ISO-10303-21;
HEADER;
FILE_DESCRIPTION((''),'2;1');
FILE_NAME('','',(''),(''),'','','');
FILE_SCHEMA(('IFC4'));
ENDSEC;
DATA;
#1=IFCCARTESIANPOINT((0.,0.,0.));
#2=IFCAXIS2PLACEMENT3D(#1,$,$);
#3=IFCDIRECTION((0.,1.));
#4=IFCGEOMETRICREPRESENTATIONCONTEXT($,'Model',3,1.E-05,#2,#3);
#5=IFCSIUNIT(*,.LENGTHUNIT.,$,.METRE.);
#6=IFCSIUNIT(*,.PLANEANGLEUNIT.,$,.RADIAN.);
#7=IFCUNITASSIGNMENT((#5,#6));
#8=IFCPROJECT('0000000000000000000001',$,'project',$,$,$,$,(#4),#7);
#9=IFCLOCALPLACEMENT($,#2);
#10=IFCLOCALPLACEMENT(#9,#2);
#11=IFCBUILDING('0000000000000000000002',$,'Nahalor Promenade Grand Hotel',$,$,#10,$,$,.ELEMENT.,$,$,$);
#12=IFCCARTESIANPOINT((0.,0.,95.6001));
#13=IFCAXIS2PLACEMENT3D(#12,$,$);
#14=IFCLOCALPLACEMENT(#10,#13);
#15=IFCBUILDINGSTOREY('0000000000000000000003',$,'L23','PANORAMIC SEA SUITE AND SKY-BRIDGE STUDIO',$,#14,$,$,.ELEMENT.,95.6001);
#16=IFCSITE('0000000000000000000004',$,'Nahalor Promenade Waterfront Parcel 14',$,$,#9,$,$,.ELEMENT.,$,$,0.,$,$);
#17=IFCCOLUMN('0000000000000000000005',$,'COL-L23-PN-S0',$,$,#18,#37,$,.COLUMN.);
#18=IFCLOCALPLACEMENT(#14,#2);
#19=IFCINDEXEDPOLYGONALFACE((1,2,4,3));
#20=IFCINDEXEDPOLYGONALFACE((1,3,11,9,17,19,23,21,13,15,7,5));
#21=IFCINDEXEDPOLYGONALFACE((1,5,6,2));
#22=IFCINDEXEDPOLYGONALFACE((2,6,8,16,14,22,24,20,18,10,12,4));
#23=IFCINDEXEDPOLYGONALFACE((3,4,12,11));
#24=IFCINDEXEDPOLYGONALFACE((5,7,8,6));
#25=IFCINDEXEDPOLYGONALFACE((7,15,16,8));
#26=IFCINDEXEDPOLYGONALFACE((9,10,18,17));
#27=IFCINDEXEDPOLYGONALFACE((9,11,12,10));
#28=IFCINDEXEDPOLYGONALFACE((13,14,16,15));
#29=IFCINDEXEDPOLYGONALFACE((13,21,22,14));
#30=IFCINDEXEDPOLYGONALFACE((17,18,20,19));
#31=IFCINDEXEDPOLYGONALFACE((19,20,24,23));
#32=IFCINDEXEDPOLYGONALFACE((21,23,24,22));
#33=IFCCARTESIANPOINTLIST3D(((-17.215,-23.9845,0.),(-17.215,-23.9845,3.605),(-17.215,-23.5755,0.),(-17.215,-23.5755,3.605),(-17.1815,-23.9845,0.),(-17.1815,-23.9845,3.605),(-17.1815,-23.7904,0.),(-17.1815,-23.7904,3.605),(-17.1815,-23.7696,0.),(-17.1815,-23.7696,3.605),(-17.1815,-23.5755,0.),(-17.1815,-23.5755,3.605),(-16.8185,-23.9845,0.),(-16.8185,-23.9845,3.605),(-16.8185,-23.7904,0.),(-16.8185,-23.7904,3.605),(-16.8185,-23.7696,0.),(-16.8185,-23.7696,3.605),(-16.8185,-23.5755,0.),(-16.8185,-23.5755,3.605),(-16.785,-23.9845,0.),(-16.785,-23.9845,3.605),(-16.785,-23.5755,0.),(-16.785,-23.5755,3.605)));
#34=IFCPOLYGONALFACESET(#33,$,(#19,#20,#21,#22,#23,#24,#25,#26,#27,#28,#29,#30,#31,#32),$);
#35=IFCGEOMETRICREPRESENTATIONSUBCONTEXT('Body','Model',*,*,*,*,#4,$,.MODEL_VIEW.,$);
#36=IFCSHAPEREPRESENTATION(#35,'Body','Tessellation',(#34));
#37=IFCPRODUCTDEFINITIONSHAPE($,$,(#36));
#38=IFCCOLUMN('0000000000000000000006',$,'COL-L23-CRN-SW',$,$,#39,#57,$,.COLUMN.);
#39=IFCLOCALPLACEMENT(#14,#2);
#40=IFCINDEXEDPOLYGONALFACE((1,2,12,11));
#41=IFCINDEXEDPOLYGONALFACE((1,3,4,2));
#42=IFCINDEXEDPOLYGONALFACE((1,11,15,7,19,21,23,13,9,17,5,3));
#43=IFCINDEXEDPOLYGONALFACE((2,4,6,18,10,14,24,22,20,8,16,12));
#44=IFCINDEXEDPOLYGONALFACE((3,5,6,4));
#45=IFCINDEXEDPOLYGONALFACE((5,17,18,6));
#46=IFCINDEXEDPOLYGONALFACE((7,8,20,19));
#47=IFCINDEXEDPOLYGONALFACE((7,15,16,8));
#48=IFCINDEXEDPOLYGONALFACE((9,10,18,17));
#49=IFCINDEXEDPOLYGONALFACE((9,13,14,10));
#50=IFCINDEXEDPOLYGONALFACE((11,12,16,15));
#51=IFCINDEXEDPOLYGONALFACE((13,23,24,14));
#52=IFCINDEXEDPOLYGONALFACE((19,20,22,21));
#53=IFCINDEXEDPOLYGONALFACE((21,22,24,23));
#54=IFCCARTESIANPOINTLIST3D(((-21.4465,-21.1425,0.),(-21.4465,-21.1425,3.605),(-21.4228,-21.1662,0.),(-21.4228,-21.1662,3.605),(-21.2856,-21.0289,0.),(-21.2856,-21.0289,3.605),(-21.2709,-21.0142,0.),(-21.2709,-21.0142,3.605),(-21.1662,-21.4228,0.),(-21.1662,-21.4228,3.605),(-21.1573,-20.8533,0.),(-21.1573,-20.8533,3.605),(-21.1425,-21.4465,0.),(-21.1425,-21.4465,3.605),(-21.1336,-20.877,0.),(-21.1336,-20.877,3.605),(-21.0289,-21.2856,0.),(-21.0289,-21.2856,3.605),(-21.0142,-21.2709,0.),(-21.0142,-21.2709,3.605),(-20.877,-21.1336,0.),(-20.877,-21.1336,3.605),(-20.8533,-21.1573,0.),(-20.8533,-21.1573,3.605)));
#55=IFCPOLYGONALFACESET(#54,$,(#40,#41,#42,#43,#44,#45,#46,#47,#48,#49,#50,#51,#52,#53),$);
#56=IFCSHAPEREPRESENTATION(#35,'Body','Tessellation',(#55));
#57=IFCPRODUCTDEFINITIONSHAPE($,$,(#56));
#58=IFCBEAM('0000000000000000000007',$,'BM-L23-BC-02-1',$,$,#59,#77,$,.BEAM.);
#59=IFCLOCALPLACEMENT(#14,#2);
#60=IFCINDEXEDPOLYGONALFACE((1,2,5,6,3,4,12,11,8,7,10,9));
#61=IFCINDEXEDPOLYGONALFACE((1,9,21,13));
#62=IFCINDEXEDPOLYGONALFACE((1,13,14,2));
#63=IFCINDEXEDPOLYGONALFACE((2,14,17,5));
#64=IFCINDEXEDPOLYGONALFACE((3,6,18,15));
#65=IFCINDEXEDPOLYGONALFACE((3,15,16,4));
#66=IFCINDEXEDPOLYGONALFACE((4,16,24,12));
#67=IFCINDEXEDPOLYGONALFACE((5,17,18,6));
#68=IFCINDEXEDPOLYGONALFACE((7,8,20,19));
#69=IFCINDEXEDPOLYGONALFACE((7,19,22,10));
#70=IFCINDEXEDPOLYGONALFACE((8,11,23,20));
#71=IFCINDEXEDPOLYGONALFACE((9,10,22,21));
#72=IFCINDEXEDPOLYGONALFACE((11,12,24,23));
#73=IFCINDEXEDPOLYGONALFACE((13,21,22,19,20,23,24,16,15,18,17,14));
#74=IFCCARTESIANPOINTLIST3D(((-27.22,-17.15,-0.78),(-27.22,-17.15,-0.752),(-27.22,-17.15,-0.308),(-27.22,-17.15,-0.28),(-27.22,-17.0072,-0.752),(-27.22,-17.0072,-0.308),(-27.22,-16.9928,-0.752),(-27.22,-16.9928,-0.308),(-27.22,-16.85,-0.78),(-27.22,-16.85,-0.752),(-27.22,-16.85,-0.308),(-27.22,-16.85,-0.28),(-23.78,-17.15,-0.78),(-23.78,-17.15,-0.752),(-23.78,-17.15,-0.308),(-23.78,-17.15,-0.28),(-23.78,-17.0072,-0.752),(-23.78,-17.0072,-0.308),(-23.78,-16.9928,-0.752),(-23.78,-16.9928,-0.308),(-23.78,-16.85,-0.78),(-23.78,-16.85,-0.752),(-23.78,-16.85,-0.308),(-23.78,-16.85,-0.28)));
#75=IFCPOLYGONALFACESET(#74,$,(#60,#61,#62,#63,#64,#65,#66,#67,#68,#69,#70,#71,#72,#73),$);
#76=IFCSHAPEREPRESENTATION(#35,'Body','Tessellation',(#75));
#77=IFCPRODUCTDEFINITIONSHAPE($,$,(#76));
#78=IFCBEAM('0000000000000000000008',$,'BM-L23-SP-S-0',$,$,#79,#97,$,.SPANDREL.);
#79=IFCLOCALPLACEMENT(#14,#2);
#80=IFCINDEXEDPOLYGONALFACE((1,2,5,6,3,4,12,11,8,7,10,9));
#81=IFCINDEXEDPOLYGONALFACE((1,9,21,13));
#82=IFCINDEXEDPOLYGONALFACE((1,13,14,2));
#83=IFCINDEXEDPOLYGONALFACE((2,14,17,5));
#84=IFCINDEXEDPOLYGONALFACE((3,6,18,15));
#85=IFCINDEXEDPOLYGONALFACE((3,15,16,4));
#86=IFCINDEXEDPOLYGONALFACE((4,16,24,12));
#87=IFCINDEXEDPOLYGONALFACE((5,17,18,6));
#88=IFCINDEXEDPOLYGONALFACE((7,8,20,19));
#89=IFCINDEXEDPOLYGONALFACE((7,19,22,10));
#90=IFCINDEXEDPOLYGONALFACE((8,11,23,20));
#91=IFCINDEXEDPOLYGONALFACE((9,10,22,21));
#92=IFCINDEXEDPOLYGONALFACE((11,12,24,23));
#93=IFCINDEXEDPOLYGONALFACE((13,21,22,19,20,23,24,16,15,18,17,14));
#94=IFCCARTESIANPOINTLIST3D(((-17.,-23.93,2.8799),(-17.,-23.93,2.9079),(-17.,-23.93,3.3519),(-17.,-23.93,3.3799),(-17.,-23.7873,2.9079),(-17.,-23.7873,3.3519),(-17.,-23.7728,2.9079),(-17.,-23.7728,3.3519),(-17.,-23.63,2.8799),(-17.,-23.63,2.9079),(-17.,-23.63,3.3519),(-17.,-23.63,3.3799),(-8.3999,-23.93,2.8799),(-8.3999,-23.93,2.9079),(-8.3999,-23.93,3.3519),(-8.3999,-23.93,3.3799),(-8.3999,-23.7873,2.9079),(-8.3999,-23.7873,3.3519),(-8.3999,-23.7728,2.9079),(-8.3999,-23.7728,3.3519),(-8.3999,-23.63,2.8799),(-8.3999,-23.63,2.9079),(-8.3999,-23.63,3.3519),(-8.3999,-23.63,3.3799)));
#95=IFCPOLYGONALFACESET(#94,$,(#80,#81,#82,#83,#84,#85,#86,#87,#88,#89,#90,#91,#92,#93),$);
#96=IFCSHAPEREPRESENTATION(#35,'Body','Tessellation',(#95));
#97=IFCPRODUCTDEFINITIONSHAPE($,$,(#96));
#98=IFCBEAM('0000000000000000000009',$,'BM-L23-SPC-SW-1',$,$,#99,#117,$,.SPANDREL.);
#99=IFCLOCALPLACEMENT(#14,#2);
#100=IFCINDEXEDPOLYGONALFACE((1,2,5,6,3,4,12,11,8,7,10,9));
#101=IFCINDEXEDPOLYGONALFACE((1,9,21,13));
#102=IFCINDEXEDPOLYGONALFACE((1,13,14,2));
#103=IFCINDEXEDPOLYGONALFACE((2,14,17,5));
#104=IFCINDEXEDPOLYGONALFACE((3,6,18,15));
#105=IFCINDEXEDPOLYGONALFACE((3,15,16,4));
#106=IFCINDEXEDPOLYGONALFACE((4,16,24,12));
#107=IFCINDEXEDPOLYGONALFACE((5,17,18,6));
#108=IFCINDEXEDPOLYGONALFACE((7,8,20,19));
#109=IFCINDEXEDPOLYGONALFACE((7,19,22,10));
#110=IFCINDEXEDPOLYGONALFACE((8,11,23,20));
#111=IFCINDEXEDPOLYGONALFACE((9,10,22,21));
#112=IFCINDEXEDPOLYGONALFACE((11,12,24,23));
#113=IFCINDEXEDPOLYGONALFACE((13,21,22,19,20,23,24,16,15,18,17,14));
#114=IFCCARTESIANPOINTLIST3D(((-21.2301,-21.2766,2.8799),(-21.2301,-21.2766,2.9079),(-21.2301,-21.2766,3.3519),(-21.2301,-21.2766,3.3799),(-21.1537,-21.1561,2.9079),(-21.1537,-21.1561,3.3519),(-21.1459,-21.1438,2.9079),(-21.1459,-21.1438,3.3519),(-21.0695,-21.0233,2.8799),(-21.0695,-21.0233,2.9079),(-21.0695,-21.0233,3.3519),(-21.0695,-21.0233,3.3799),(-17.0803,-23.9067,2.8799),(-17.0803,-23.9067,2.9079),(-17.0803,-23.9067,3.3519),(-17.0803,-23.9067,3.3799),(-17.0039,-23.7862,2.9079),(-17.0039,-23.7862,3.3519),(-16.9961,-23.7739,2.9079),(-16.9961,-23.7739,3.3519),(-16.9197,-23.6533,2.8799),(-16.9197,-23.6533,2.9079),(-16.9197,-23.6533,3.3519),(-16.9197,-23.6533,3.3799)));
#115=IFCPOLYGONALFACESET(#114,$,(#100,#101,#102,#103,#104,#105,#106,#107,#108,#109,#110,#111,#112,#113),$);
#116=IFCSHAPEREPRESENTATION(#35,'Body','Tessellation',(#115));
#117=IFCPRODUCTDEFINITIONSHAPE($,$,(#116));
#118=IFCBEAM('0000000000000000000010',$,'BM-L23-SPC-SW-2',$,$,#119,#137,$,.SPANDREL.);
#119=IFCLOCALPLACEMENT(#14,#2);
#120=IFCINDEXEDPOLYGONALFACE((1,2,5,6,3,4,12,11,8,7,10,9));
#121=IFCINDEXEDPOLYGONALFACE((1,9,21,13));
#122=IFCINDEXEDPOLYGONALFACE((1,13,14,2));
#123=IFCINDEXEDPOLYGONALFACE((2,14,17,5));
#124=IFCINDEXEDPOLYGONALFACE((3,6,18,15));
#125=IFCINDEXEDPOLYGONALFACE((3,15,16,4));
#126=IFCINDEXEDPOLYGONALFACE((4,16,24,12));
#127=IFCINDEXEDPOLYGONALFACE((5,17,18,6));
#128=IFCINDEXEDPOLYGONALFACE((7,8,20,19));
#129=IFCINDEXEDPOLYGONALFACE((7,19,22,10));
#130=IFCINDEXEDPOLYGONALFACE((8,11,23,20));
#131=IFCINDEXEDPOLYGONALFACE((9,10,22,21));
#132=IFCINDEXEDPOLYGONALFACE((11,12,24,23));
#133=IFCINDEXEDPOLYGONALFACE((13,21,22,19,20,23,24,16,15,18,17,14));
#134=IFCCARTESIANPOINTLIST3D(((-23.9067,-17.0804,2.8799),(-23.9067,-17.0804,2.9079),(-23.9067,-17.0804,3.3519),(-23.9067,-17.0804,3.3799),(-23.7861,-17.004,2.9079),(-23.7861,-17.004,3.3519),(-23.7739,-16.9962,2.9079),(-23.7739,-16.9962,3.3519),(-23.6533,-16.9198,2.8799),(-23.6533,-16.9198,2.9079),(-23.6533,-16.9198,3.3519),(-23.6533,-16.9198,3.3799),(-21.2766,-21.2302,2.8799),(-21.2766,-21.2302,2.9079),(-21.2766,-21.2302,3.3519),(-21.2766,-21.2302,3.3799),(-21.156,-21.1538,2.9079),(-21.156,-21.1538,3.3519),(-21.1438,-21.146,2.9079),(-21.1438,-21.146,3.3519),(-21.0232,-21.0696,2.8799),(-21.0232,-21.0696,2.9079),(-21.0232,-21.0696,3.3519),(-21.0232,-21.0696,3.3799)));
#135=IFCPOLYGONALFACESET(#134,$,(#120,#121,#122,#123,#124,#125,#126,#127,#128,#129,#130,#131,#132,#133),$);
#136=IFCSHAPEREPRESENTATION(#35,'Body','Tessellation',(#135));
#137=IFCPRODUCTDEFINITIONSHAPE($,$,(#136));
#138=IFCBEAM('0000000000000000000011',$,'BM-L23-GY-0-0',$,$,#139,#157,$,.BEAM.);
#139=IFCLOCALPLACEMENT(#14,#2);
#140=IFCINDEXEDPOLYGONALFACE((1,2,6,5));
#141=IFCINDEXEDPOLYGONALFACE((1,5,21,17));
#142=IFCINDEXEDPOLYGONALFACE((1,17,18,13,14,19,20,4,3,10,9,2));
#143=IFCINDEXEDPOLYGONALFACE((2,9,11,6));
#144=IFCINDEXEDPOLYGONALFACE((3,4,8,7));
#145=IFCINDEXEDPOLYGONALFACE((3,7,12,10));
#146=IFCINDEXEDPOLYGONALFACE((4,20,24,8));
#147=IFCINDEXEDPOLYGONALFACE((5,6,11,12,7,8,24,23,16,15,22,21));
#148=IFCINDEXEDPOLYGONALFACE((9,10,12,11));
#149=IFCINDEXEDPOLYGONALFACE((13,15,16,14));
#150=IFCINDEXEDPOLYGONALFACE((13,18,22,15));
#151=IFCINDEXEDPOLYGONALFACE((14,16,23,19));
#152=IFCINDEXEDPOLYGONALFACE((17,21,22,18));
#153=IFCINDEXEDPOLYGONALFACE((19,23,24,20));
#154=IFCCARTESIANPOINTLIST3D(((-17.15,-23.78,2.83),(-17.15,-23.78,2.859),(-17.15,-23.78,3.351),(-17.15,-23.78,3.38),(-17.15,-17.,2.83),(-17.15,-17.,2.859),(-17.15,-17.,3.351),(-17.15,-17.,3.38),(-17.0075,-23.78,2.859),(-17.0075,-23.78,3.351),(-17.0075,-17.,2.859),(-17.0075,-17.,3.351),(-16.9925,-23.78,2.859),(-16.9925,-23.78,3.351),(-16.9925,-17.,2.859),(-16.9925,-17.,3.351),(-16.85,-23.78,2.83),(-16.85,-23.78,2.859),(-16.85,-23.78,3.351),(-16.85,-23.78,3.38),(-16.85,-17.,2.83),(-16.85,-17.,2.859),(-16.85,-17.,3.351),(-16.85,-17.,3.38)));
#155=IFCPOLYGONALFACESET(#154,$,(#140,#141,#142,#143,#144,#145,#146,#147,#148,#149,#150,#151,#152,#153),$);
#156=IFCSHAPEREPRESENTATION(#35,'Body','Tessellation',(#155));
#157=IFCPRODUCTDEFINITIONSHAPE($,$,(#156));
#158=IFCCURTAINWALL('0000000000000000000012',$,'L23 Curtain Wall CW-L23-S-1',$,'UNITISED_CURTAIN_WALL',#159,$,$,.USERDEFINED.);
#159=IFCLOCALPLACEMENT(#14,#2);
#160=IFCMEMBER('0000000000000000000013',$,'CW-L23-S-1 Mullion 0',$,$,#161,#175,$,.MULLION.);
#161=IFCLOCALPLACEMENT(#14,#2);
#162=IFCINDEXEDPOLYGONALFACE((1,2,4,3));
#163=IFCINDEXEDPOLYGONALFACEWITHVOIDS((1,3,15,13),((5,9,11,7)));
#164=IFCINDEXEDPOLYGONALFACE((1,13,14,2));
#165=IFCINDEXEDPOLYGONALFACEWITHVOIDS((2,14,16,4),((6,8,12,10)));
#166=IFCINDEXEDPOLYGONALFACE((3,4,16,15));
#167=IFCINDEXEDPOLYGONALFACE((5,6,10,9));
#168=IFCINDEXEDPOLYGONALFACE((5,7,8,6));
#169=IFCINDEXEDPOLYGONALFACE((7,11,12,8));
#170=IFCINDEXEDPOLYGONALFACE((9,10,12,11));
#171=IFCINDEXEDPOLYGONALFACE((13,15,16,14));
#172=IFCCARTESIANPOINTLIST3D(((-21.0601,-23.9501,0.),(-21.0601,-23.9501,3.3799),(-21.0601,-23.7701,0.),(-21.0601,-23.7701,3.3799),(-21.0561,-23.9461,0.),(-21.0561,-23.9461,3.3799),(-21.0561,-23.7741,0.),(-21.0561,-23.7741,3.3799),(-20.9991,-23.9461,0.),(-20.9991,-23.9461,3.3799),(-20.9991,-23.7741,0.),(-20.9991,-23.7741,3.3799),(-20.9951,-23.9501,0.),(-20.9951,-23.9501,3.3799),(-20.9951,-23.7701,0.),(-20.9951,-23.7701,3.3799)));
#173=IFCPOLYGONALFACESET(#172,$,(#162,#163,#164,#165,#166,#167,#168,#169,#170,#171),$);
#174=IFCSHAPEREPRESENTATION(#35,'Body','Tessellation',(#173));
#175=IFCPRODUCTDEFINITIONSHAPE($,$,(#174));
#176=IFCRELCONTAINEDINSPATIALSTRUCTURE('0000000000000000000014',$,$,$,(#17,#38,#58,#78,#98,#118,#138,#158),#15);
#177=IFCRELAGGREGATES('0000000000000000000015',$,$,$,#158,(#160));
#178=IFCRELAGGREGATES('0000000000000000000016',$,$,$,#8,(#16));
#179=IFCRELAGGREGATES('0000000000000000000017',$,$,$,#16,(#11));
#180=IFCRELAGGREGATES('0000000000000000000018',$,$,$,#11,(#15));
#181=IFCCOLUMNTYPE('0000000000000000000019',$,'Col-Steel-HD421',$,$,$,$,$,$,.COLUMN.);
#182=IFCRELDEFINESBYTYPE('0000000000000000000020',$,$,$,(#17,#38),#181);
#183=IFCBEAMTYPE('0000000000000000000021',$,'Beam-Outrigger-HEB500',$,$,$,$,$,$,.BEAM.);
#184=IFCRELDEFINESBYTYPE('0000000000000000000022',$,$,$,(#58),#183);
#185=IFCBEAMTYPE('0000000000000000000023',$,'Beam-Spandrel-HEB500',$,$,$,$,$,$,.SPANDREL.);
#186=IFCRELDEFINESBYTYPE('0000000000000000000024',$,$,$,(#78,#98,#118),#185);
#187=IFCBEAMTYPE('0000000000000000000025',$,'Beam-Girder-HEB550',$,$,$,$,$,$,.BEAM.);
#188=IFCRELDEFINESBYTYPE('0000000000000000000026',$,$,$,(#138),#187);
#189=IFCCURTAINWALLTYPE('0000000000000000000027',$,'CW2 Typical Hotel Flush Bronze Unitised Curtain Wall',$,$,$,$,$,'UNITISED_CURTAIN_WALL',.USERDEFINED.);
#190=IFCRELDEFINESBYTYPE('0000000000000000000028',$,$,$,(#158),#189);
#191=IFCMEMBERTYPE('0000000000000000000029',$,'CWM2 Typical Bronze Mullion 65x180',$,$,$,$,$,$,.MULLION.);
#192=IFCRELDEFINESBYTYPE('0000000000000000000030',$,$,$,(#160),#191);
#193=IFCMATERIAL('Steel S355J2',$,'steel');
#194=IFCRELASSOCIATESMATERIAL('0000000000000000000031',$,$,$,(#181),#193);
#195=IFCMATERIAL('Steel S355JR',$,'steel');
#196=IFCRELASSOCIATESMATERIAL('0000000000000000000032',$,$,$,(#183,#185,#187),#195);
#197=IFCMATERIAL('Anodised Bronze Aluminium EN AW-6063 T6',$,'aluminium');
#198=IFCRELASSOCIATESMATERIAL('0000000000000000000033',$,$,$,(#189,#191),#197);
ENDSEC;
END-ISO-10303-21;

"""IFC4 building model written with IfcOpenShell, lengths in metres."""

from ifc_helpers import new_model, si_unit, direction, frame, origin, origin_2d, place, context, subcontext, project, spatial, hollow_rectangle, i_section, extrude, source, transform, mapped, material, material_profile, profile_set, type_object, element, aggregate, save


model = new_model("IFC4")

# Units and contexts
model_context = context("Model", 3, precision=1e-05, world=origin(), true_north=direction((0.0, 1.0)))
body_context = subcontext(model_context, "Body", "Model", "MODEL_VIEW")
ifc_project = project(units=[si_unit("LENGTHUNIT", "METRE"), si_unit("PLANEANGLEUNIT", "RADIAN")], contexts=[model_context])

# Site, building, storey
site_placement = place(None, origin())
site = spatial("IfcSite", under=ifc_project, at=site_placement, Name="Nahalor Promenade Waterfront Parcel 14", CompositionType="ELEMENT", RefElevation=0.0)
building_placement = place(site_placement, origin())
building = spatial("IfcBuilding", under=site, at=building_placement, Name="Nahalor Promenade Grand Hotel", CompositionType="ELEMENT")
storey_placement = place(building_placement, frame((0.0, 0.0, 95.6001)))
storey = spatial("IfcBuildingStorey", under=building, at=storey_placement, Name="L23", Description="PANORAMIC SEA SUITE AND SKY-BRIDGE STUDIO", CompositionType="ELEMENT", Elevation=95.6001)

# Columns
ifc_material_1 = material(Name="Steel S355J2", Category="steel")
ifc_material_profile_1 = material_profile(ifc_material_1, i_section(OverallWidth=0.409, OverallDepth=0.43, WebThickness=0.0208, FlangeThickness=0.0335, at=origin_2d()), Name="HD 400x421")
ifc_profile_set_1 = profile_set([ifc_material_profile_1], Name="Steel S355J2")
column_type = type_object("IfcColumnType", Name="Col-Steel-HD421", PredefinedType="COLUMN", material=ifc_profile_set_1)
shared_shape_1 = source(origin(), body_context, "Body", "SweptSolid", [
    extrude(i_section(OverallWidth=0.409, OverallDepth=0.43, WebThickness=0.0208, FlangeThickness=0.0335, at=origin_2d()), origin(), (0.0, 0.0, 1.0), 3.605),
])
for number, where, z_axis, x_axis, name in (
    (1, (-17.0, -23.78, 0.0), (0.0, 0.0, 1.0), (0.0, 1.0, 0.0), "COL-L23-PN-S0"),
    (2, (-21.1499, -21.1499, 0.0), (0.0, 0.0, 1.0), (0.707107, 0.707107, 0.0), "COL-L23-CRN-SW"),
):
    element("IfcColumn", number, at=place(storey_placement, frame(where, z_axis=z_axis, x_axis=x_axis)), inside=storey, type_object=column_type, Name=name, PredefinedType="COLUMN", context=body_context, shape_type="MappedRepresentation", body=[
        mapped(shared_shape_1, transform((0.0, 0.0, 0.0), scale=1.0)),
    ])

# Beams
ifc_material_2 = material(Name="Steel S355JR", Category="steel")
ifc_material_profile_2 = material_profile(ifc_material_2, i_section(OverallWidth=0.3, OverallDepth=0.5, WebThickness=0.0145, FlangeThickness=0.028, at=origin_2d()), Name="HEB 500")
ifc_profile_set_2 = profile_set([ifc_material_profile_2], Name="Steel S355JR")
beam_type_1 = type_object("IfcBeamType", Name="Beam-Outrigger-HEB500", PredefinedType="BEAM", material=ifc_profile_set_2)
shared_shape_2 = source(origin(), body_context, "Body", "SweptSolid", [
    extrude(i_section(OverallWidth=0.3, OverallDepth=0.5, WebThickness=0.0145, FlangeThickness=0.028, at=origin_2d()), origin(), (0.0, 0.0, 1.0), 3.4399),
])
beam_1_placement = place(storey_placement, frame((-27.22, -17.0, -0.53), z_axis=(1.0, 0.0, 0.0), x_axis=(0.0, 1.0, 0.0)))
element("IfcBeam", 3, at=beam_1_placement, inside=storey, type_object=beam_type_1, Name="BM-L23-BC-02-1", PredefinedType="BEAM", context=body_context, shape_type="MappedRepresentation", body=[
    mapped(shared_shape_2, transform((0.0, 0.0, 0.0), scale=1.0)),
])
ifc_material_profile_3 = material_profile(ifc_material_2, i_section(OverallWidth=0.3, OverallDepth=0.5, WebThickness=0.0145, FlangeThickness=0.028, at=origin_2d()), Name="HEB 500")
ifc_profile_set_3 = profile_set([ifc_material_profile_3], Name="Steel S355JR")
beam_type_2 = type_object("IfcBeamType", Name="Beam-Spandrel-HEB500", PredefinedType="SPANDREL", material=ifc_profile_set_3)
shared_shape_3 = source(origin(), body_context, "Body", "SweptSolid", [
    extrude(i_section(OverallWidth=0.3, OverallDepth=0.5, WebThickness=0.0145, FlangeThickness=0.028, at=origin_2d()), origin(), (0.0, 0.0, 1.0), 8.6001),
])
beam_2_placement = place(storey_placement, frame((-17.0, -23.78, 3.1299), z_axis=(1.0, 0.0, 0.0), x_axis=(0.0, 1.0, 0.0)))
element("IfcBeam", 4, at=beam_2_placement, inside=storey, type_object=beam_type_2, Name="BM-L23-SP-S-0", PredefinedType="SPANDREL", context=body_context, shape_type="MappedRepresentation", body=[
    mapped(shared_shape_3, transform((0.0, 0.0, 0.0), scale=1.0)),
])
shared_shape_4 = source(origin(), body_context, "Body", "SweptSolid", [
    extrude(i_section(OverallWidth=0.3, OverallDepth=0.5, WebThickness=0.0145, FlangeThickness=0.028, at=origin_2d()), origin(), (0.0, 0.0, 1.0), 4.9131),
])
for number, where, z_axis, x_axis, name in (
    (5, (-17.0, -23.78, 3.1299), (-0.844648, 0.535322, 0.0), (-0.535322, -0.844648, 0.0), "BM-L23-SPC-SW-1"),
    (6, (-21.1499, -21.1499, 3.1299), (-0.535322, 0.844648, 0.0), (-0.844648, -0.535322, 0.0), "BM-L23-SPC-SW-2"),
):
    element("IfcBeam", number, at=place(storey_placement, frame(where, z_axis=z_axis, x_axis=x_axis)), inside=storey, type_object=beam_type_2, Name=name, PredefinedType="SPANDREL", context=body_context, shape_type="MappedRepresentation", body=[
        mapped(shared_shape_4, transform((0.0, 0.0, 0.0), scale=1.0)),
    ])
ifc_material_profile_4 = material_profile(ifc_material_2, i_section(OverallWidth=0.3, OverallDepth=0.55, WebThickness=0.015, FlangeThickness=0.029, at=origin_2d()), Name="HEB 550")
ifc_profile_set_4 = profile_set([ifc_material_profile_4], Name="Steel S355JR")
beam_type_3 = type_object("IfcBeamType", Name="Beam-Girder-HEB550", PredefinedType="BEAM", material=ifc_profile_set_4)
shared_shape_5 = source(origin(), body_context, "Body", "SweptSolid", [
    extrude(i_section(OverallWidth=0.3, OverallDepth=0.55, WebThickness=0.015, FlangeThickness=0.029, at=origin_2d()), origin(), (0.0, 0.0, 1.0), 6.78),
])
beam_3_placement = place(storey_placement, frame((-17.0, -23.78, 3.105), z_axis=(0.0, 1.0, 0.0), x_axis=(-1.0, 0.0, 0.0)))
element("IfcBeam", 7, at=beam_3_placement, inside=storey, type_object=beam_type_3, Name="BM-L23-GY-0-0", PredefinedType="BEAM", context=body_context, shape_type="MappedRepresentation", body=[
    mapped(shared_shape_5, transform((0.0, 0.0, 0.0), scale=1.0)),
])

# Curtain wall, member
ifc_material_3 = material(Name="Anodised Bronze Aluminium EN AW-6063 T6", Category="aluminium")
curtain_wall_type = type_object("IfcCurtainWallType", Name="CW2 Typical Hotel Flush Bronze Unitised Curtain Wall", ElementType="UNITISED_CURTAIN_WALL", PredefinedType="USERDEFINED", material=ifc_material_3)
curtain_wall_1_placement = place(storey_placement, origin())
curtain_wall_1 = element("IfcCurtainWall", 8, at=curtain_wall_1_placement, inside=storey, type_object=curtain_wall_type, Name="L23 Curtain Wall CW-L23-S-1", ObjectType="UNITISED_CURTAIN_WALL", PredefinedType="USERDEFINED")
ifc_material_profile_5 = material_profile(ifc_material_3, hollow_rectangle(XDim=0.065, YDim=0.18, WallThickness=0.004, at=origin_2d()), Name="CWM 65x180x4")
ifc_profile_set_5 = profile_set([ifc_material_profile_5], Name="Anodised Bronze Aluminium EN AW-6063 T6")
member_type_1 = type_object("IfcMemberType", Name="CWM2 Typical Bronze Mullion 65x180", PredefinedType="MULLION", material=ifc_profile_set_5)
shared_shape_6 = source(origin(), body_context, "Body", "SweptSolid", [
    extrude(hollow_rectangle(XDim=0.065, YDim=0.18, WallThickness=0.004, at=origin_2d()), origin(), (0.0, 0.0, 1.0), 3.3799),
])
member_1_placement = place(storey_placement, frame((-21.0276, -23.8601, 0.0), z_axis=(0.0, 0.0, 1.0), x_axis=(1.0, 0.0, 0.0)))
member_1 = element("IfcMember", 9, at=member_1_placement, type_object=member_type_1, Name="CW-L23-S-1 Mullion 0", PredefinedType="MULLION", context=body_context, shape_type="MappedRepresentation", body=[
    mapped(shared_shape_6, transform((0.0, 0.0, 0.0), scale=1.0)),
])

aggregate(curtain_wall_1, [member_1])

save(model, "model.ifc")
